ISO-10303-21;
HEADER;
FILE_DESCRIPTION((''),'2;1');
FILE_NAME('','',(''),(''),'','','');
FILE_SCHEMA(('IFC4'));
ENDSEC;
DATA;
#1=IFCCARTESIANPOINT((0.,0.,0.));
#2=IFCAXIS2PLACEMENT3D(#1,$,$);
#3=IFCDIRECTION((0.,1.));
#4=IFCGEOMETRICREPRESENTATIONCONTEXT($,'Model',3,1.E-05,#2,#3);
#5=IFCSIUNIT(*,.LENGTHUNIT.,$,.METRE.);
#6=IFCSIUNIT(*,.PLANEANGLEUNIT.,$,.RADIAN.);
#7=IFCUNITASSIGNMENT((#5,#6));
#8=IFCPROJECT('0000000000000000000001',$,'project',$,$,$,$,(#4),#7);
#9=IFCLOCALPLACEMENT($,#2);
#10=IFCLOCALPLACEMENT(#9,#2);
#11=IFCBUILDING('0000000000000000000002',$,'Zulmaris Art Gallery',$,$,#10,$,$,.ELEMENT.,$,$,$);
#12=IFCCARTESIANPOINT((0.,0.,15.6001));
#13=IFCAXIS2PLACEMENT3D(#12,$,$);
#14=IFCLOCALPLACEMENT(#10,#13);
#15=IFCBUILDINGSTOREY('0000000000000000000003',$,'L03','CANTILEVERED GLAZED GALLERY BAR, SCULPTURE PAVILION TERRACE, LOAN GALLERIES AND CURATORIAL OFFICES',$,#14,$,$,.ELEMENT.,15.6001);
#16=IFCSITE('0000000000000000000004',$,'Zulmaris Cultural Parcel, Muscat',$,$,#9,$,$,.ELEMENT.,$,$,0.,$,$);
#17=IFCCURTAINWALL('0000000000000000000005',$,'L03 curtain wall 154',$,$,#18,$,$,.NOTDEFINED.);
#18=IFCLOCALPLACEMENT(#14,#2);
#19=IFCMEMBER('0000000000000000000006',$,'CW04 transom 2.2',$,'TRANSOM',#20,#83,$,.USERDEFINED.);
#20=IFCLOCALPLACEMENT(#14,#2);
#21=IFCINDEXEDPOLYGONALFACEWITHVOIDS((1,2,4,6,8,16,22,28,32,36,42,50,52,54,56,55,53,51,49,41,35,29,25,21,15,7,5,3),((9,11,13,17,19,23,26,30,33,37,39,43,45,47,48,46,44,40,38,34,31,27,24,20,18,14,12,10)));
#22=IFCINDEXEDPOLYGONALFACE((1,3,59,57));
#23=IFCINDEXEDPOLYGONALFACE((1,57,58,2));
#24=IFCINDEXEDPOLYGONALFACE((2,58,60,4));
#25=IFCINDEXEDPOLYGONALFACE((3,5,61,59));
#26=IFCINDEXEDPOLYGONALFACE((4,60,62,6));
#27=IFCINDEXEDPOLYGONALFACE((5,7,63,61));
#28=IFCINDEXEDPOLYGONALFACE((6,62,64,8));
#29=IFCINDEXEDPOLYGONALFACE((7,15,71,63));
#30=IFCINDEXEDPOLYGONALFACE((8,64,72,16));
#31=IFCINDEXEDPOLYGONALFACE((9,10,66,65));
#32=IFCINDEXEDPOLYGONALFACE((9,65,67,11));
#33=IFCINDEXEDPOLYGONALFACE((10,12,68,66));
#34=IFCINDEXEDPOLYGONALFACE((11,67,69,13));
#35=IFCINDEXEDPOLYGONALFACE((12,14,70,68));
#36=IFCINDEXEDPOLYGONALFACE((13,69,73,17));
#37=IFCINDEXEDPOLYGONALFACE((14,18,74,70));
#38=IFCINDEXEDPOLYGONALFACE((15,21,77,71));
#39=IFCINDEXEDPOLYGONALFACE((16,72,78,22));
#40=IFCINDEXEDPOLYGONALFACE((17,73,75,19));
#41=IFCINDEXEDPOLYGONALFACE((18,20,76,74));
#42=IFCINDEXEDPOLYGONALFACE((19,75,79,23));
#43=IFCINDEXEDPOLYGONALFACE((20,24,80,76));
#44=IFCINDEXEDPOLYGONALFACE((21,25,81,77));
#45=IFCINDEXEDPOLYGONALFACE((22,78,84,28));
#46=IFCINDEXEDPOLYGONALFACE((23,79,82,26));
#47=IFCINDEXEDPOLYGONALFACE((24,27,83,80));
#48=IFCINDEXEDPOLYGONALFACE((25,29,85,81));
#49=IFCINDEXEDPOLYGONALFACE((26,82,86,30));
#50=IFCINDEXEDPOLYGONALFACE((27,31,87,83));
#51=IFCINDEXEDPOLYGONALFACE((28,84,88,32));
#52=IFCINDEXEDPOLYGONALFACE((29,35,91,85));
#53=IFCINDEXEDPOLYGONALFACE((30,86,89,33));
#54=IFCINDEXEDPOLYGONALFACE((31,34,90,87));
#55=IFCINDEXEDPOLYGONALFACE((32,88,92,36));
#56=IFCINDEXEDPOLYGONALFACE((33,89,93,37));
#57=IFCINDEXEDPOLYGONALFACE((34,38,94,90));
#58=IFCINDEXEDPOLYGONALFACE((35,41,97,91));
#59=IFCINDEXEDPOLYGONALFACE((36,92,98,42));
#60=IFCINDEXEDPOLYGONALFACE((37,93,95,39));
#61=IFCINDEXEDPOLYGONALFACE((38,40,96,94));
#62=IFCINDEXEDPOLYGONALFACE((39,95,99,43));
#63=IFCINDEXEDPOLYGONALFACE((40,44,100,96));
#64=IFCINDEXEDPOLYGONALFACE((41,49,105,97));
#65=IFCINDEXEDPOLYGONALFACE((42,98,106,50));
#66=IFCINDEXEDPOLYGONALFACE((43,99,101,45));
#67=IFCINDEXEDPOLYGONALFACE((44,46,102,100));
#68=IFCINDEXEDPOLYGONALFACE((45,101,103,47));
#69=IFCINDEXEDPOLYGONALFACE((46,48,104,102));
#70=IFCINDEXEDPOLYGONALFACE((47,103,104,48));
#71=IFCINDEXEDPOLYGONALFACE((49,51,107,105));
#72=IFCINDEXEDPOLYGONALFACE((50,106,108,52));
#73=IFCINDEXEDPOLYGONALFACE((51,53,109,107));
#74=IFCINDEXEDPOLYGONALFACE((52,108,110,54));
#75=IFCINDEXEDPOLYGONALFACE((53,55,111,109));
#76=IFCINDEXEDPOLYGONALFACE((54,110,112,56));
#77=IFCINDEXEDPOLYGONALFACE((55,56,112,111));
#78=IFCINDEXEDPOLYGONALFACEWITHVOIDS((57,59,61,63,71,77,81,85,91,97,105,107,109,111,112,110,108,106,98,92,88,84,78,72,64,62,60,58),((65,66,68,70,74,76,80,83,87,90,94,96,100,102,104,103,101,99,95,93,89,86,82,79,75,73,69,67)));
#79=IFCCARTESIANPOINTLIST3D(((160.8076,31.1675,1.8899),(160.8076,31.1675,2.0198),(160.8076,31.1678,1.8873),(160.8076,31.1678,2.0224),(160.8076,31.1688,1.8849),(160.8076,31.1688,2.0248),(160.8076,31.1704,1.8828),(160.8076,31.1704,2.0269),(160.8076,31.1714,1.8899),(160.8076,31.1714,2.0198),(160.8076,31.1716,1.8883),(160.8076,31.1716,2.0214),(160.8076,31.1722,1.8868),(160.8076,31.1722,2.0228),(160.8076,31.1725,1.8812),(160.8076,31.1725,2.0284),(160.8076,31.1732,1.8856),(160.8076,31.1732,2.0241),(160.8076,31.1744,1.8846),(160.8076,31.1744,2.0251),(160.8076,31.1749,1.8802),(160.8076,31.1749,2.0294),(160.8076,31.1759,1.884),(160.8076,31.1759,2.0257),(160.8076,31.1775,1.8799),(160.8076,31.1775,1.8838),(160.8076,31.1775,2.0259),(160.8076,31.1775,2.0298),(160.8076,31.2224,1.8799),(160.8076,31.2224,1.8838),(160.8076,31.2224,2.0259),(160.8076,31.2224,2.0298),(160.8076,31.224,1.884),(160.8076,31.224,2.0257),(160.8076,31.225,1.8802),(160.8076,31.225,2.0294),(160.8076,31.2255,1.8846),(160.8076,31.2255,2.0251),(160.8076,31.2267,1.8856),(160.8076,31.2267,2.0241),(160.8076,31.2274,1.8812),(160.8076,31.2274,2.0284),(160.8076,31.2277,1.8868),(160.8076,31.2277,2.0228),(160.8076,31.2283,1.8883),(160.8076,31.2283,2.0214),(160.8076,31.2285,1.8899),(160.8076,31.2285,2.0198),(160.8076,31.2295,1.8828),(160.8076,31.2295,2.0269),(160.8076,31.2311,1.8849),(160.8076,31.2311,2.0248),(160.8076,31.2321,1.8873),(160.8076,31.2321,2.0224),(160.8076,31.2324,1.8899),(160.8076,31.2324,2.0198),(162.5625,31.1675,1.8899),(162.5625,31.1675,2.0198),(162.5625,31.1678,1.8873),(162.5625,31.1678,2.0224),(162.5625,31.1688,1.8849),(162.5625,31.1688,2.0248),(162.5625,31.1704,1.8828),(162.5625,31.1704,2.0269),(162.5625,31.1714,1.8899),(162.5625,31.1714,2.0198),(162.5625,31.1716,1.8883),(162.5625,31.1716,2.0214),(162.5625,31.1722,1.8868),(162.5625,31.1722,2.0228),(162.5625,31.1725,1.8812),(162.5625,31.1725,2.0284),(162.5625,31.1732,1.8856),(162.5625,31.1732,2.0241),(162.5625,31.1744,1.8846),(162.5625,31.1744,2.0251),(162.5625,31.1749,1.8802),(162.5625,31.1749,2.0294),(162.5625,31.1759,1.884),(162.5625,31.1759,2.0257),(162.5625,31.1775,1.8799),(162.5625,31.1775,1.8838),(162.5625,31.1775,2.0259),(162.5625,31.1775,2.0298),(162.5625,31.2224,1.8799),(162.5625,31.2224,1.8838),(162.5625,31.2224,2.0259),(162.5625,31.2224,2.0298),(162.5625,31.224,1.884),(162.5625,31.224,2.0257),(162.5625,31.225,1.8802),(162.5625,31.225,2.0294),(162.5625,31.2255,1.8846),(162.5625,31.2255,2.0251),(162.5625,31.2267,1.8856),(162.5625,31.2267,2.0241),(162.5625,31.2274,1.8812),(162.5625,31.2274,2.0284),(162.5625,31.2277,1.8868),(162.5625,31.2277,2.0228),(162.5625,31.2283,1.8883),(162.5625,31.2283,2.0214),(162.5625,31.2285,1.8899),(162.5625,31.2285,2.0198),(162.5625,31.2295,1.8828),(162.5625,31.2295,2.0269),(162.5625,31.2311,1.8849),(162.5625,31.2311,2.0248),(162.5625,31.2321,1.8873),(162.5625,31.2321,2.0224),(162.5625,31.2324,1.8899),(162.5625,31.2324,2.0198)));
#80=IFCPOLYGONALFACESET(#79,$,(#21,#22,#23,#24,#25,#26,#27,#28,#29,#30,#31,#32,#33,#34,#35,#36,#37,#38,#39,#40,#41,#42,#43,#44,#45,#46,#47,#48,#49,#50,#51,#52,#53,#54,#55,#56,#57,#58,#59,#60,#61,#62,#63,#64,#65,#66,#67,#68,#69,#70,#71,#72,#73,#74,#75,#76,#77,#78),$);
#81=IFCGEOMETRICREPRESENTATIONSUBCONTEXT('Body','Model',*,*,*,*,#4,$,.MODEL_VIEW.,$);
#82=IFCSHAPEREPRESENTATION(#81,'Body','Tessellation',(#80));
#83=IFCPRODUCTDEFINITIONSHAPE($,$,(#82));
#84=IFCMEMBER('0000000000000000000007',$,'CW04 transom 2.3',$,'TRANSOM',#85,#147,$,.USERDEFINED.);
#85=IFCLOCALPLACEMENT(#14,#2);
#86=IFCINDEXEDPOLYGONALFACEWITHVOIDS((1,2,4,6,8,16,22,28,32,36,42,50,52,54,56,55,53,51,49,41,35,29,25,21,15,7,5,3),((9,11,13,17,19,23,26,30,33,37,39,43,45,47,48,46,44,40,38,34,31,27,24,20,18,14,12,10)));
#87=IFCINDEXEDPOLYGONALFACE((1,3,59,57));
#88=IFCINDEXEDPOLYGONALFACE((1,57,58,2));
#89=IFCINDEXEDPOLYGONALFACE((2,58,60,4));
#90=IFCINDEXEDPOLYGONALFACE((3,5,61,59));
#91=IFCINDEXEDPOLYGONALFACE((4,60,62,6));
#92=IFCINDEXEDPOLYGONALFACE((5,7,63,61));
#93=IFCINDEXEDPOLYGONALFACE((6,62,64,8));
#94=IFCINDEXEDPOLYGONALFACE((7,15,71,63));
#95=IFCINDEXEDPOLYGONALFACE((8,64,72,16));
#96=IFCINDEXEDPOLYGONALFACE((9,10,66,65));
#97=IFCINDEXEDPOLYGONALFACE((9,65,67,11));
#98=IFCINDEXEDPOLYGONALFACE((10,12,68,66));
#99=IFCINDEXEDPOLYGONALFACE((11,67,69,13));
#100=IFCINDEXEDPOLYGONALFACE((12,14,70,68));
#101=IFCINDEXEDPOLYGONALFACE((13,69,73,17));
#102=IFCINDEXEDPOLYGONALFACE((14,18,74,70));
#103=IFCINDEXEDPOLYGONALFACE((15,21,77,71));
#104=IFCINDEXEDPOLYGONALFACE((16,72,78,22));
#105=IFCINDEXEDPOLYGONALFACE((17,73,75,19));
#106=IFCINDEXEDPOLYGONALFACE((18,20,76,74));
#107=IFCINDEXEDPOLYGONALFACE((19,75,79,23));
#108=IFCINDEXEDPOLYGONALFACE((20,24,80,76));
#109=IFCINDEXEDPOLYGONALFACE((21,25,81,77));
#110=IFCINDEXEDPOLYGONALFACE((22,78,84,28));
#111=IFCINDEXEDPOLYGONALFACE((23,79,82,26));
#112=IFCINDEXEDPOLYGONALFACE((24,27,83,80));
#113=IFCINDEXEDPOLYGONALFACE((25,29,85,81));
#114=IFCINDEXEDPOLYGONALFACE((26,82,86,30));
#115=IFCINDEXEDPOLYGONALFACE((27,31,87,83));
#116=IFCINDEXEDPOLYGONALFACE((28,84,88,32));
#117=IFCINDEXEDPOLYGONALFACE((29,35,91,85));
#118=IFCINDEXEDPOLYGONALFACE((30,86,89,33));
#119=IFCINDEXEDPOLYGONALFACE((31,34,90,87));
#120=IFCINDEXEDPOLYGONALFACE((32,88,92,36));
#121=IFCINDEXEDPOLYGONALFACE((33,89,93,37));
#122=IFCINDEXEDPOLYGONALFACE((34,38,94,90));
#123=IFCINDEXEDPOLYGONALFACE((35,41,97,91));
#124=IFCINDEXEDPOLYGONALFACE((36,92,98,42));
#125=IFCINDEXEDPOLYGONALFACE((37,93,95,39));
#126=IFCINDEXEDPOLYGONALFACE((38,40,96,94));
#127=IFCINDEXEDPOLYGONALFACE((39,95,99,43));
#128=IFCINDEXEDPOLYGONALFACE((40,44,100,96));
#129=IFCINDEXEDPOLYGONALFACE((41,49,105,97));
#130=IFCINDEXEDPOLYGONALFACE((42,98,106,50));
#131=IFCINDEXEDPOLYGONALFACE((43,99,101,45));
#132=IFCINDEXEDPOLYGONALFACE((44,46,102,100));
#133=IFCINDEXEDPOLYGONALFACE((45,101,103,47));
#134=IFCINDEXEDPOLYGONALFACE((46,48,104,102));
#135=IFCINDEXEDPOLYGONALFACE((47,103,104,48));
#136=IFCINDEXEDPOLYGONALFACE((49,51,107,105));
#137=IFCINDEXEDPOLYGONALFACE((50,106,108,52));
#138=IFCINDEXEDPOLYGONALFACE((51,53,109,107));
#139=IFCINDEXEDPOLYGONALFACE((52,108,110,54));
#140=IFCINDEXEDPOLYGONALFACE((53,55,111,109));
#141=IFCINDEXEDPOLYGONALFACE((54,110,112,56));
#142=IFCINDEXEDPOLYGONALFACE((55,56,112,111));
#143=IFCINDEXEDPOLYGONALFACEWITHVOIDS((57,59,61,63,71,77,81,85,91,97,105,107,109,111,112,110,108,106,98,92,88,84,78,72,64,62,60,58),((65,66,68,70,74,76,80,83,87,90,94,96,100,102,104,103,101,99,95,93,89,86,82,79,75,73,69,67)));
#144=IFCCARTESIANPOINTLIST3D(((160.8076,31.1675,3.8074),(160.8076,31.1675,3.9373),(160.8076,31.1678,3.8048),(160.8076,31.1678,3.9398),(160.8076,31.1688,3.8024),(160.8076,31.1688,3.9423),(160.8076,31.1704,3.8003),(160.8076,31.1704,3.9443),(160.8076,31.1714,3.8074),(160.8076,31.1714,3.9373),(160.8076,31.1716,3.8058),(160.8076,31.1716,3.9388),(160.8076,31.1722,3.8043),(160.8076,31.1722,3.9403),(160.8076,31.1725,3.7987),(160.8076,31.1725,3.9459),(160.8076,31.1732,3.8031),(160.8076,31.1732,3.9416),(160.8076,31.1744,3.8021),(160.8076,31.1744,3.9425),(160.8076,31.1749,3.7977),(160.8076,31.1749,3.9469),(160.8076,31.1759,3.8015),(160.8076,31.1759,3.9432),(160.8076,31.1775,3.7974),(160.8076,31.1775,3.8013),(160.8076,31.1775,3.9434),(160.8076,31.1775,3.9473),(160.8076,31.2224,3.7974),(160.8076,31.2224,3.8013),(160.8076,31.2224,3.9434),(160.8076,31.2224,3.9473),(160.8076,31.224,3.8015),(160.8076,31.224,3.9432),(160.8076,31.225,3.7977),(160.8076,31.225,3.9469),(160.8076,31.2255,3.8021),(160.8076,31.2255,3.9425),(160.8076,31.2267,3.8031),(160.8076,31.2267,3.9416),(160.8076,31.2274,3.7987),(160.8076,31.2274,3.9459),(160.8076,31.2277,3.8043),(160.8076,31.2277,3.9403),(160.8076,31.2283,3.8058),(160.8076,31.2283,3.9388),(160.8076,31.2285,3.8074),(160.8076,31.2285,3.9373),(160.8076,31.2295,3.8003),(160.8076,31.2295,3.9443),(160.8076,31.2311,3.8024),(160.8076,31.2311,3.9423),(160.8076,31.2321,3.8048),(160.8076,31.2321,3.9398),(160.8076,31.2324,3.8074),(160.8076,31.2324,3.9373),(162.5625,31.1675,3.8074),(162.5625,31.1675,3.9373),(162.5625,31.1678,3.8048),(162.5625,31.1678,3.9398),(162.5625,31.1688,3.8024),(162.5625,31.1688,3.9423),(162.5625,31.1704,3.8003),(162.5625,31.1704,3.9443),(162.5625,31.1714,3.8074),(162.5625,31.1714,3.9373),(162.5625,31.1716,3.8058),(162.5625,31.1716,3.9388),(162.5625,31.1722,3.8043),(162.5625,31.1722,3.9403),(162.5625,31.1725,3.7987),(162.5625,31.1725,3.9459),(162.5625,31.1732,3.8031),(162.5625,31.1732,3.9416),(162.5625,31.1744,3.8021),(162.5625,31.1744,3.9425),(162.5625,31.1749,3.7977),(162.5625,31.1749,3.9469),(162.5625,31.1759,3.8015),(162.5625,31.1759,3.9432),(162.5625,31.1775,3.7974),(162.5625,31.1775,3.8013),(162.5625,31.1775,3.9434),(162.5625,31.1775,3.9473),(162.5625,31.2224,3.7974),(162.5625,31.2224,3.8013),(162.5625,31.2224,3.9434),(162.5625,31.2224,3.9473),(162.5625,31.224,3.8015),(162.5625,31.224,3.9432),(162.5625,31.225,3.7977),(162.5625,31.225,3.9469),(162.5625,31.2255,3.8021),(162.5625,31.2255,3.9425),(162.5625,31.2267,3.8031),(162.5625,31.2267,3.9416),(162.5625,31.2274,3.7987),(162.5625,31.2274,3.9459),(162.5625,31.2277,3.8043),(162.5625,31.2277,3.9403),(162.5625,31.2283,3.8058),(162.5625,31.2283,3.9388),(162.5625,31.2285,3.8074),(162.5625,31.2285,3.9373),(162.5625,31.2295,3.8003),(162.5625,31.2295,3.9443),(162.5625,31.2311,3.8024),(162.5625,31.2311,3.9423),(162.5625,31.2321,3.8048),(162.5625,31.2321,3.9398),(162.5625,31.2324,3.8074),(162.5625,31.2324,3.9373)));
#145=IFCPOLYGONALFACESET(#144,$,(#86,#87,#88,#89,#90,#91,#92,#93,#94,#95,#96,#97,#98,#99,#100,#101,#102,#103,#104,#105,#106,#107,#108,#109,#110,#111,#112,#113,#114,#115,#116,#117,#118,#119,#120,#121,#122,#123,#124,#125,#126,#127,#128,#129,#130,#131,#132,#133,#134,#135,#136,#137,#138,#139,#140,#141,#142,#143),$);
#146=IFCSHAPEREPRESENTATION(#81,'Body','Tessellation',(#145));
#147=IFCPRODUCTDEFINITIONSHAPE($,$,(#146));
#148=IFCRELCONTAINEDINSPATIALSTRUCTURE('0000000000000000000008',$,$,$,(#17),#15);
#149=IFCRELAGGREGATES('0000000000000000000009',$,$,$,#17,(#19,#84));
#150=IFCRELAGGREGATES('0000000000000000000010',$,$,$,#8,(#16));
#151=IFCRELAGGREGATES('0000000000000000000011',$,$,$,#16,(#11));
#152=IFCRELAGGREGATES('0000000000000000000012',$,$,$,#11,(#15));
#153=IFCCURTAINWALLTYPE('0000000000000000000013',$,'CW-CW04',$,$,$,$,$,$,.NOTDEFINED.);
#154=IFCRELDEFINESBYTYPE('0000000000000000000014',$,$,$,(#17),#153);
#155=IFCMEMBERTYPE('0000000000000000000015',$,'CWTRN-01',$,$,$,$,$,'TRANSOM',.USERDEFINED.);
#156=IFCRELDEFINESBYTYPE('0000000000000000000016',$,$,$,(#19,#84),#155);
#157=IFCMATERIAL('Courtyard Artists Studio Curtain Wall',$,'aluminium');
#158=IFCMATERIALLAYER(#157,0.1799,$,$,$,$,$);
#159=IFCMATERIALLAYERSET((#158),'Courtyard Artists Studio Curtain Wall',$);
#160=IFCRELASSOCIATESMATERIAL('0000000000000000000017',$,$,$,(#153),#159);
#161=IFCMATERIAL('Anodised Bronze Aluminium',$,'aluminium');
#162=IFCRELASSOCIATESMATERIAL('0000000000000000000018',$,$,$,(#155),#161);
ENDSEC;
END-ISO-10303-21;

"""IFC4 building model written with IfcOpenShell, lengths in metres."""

from ifc_helpers import new_model, si_unit, direction, frame, origin, origin_2d, place, context, subcontext, project, spatial, hollow_rectangle, extrude, material, layer, layer_set, material_profile, profile_set, type_object, element, aggregate, save


model = new_model("IFC4")

# Units and contexts
model_context = context("Model", 3, precision=1e-05, world=origin(), true_north=direction((0.0, 1.0)))
body_context = subcontext(model_context, "Body", "Model", "MODEL_VIEW")
ifc_project = project(units=[si_unit("LENGTHUNIT", "METRE"), si_unit("PLANEANGLEUNIT", "RADIAN")], contexts=[model_context])

# Site, building, storey
site_placement = place(None, origin())
site = spatial("IfcSite", under=ifc_project, at=site_placement, Name="Zulmaris Cultural Parcel, Muscat", CompositionType="ELEMENT", RefElevation=0.0)
building_placement = place(site_placement, origin())
building = spatial("IfcBuilding", under=site, at=building_placement, Name="Zulmaris Art Gallery", CompositionType="ELEMENT")
storey_placement = place(building_placement, frame((0.0, 0.0, 15.6001)))
storey = spatial("IfcBuildingStorey", under=building, at=storey_placement, Name="L03", Description="CANTILEVERED GLAZED GALLERY BAR, SCULPTURE PAVILION TERRACE, LOAN GALLERIES AND CURATORIAL OFFICES", CompositionType="ELEMENT", Elevation=15.6001)

# Curtain wall
ifc_material_1 = material(Name="Courtyard Artists Studio Curtain Wall", Category="aluminium")
ifc_layer_1 = layer(ifc_material_1, 0.1799)
ifc_layer_set_1 = layer_set([ifc_layer_1], Name="Courtyard Artists Studio Curtain Wall")
curtain_wall_type = type_object("IfcCurtainWallType", Name="CW-CW04", PredefinedType="NOTDEFINED", material=ifc_layer_set_1)
curtain_wall_1_placement = place(storey_placement, origin())
curtain_wall_1 = element("IfcCurtainWall", 1, at=curtain_wall_1_placement, inside=storey, type_object=curtain_wall_type, Name="L03 curtain wall 154", PredefinedType="NOTDEFINED")
ifc_material_2 = material(Name="Anodised Bronze Aluminium", Category="aluminium")

# Members
ifc_material_profile_1 = material_profile(ifc_material_2, hollow_rectangle(XDim=0.0649, YDim=0.1499, WallThickness=0.0039, InnerFilletRadius=0.0061, OuterFilletRadius=0.01, at=origin_2d()), Name="ALU 65x150x4")
ifc_profile_set_1 = profile_set([ifc_material_profile_1], Name="Anodised Bronze Aluminium")
member_type_1 = type_object("IfcMemberType", Name="CWTRN-01", ElementType="TRANSOM", PredefinedType="USERDEFINED", material=ifc_profile_set_1)
member_1_placement = place(storey_placement, frame((160.8076, 31.2, 1.9548), z_axis=(1.0, 0.0, 0.0), x_axis=(0.0, 1.0, 0.0)))
member_1 = element("IfcMember", 2, at=member_1_placement, type_object=member_type_1, Name="CW04 transom 2.2", ObjectType="TRANSOM", PredefinedType="USERDEFINED", context=body_context, shape_type="SweptSolid", body=[
    extrude(hollow_rectangle(XDim=0.0649, YDim=0.1499, WallThickness=0.0039, InnerFilletRadius=0.0061, OuterFilletRadius=0.01, at=origin_2d()), origin(), (0.0, 0.0, 1.0), 1.7549),
])
member_2_placement = place(storey_placement, frame((160.8076, 31.2, 3.8723), z_axis=(1.0, 0.0, 0.0), x_axis=(0.0, 1.0, 0.0)))
member_2 = element("IfcMember", 3, at=member_2_placement, type_object=member_type_1, Name="CW04 transom 2.3", ObjectType="TRANSOM", PredefinedType="USERDEFINED", context=body_context, shape_type="SweptSolid", body=[
    extrude(hollow_rectangle(XDim=0.0649, YDim=0.1499, WallThickness=0.0039, InnerFilletRadius=0.0061, OuterFilletRadius=0.01, at=origin_2d()), origin(), (0.0, 0.0, 1.0), 1.7549),
])

aggregate(curtain_wall_1, [member_1, member_2])

save(model, "model.ifc")
